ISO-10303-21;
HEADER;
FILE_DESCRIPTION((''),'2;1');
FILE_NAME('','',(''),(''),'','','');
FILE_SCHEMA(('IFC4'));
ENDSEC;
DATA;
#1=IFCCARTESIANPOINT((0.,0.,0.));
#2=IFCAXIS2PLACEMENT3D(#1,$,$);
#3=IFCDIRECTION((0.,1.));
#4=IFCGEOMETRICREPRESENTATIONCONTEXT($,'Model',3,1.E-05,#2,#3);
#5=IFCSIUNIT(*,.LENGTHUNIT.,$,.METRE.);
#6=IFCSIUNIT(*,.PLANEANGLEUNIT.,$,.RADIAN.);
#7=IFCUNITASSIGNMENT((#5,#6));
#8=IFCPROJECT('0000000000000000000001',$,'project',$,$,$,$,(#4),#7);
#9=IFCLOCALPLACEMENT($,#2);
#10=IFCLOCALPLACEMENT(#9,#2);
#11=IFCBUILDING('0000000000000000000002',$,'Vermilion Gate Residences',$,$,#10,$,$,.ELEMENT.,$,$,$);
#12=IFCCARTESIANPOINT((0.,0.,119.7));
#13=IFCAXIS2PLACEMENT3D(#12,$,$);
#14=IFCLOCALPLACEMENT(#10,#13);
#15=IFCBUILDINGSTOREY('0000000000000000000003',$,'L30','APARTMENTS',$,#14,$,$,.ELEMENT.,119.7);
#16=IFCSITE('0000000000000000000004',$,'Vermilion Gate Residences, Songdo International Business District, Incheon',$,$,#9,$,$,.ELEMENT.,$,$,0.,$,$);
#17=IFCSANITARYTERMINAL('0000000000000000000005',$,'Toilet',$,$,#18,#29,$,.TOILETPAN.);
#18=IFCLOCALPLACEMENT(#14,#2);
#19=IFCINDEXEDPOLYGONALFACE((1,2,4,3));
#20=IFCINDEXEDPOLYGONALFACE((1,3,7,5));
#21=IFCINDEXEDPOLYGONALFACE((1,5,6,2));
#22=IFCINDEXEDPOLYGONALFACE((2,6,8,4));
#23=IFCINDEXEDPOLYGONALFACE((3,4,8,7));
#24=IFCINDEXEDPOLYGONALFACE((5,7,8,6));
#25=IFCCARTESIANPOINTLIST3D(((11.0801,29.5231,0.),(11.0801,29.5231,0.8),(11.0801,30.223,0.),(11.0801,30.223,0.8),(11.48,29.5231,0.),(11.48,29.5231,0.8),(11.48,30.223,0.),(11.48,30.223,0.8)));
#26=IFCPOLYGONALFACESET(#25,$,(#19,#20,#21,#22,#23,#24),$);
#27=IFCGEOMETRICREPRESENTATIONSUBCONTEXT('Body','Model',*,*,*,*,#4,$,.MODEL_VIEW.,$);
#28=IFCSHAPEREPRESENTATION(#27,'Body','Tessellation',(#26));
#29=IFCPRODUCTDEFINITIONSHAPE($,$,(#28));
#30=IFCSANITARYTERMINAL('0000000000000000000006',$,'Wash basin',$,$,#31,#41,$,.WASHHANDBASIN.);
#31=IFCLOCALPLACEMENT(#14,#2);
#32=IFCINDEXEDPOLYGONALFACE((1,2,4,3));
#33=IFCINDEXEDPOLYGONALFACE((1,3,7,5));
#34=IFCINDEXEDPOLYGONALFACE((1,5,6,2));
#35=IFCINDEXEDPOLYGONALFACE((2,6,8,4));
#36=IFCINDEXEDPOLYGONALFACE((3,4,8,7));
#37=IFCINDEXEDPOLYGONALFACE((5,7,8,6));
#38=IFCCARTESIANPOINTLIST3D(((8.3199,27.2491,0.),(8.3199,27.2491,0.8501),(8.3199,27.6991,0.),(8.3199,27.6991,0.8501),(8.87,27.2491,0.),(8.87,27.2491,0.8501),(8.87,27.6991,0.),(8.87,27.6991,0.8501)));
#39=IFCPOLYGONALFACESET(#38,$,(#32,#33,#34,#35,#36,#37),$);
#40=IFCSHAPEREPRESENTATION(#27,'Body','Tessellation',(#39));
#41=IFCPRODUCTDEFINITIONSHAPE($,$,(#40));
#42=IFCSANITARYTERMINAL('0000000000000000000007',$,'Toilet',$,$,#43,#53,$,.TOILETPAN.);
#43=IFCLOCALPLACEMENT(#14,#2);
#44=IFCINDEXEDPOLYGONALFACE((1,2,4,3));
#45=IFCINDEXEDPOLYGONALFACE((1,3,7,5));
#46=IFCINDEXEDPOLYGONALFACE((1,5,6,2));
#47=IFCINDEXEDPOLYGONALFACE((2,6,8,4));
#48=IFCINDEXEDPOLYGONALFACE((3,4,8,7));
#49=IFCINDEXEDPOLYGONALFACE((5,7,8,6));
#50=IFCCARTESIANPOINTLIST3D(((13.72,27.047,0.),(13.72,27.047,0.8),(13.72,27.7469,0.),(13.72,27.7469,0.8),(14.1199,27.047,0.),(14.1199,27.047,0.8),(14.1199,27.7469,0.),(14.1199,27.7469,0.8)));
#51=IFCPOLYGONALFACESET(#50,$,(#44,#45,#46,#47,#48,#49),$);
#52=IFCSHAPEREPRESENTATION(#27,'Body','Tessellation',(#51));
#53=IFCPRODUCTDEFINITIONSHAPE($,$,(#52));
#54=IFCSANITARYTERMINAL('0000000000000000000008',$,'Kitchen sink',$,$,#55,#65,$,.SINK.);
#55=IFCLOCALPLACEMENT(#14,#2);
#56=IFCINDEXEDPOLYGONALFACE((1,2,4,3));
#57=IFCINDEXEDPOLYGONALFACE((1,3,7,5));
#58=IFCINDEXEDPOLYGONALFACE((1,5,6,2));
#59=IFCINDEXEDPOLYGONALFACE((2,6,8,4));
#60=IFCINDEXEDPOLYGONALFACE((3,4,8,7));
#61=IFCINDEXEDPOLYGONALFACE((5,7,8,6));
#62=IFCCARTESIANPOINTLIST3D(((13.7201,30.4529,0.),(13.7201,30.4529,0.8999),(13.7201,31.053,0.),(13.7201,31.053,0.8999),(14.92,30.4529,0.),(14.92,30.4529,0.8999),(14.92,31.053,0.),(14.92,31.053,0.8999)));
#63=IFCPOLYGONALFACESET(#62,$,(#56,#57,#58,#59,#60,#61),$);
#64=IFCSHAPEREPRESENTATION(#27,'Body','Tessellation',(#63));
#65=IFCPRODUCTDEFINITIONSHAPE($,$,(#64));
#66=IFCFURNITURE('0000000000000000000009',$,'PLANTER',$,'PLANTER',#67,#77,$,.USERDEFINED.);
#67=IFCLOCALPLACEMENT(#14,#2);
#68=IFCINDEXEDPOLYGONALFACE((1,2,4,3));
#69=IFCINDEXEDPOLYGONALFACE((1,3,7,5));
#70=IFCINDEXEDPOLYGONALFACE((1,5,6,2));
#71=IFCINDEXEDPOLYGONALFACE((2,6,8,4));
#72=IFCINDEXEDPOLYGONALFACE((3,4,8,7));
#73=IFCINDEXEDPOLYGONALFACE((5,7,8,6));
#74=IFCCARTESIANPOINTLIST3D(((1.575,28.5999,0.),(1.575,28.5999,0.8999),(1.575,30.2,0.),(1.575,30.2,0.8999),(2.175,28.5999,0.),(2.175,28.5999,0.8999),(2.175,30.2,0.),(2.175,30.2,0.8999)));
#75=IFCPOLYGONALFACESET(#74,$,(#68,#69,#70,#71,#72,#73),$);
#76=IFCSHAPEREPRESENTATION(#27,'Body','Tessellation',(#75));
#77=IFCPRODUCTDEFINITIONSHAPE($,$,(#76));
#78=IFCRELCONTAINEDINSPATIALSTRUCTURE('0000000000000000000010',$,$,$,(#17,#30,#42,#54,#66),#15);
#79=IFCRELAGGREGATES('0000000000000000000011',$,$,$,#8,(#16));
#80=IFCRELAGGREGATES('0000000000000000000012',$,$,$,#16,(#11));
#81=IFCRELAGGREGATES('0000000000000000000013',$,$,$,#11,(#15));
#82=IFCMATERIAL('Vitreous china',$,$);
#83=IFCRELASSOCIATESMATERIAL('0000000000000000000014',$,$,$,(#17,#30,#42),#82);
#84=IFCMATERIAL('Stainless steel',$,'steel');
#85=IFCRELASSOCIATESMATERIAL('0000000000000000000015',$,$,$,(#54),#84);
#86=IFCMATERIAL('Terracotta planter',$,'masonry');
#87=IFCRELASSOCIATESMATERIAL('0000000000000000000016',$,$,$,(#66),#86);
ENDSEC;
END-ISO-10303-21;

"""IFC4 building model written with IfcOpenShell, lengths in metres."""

from ifc_helpers import new_model, si_unit, direction, frame, origin, origin_2d, place, context, subcontext, project, spatial, rectangle, extrude, material, element, save


model = new_model("IFC4")

# Units and contexts
model_context = context("Model", 3, precision=1e-05, world=origin(), true_north=direction((0.0, 1.0)))
body_context = subcontext(model_context, "Body", "Model", "MODEL_VIEW")
ifc_project = project(units=[si_unit("LENGTHUNIT", "METRE"), si_unit("PLANEANGLEUNIT", "RADIAN")], contexts=[model_context])

# Site, building, storey
site_placement = place(None, origin())
site = spatial("IfcSite", under=ifc_project, at=site_placement, Name="Vermilion Gate Residences, Songdo International Business District, Incheon", CompositionType="ELEMENT", RefElevation=0.0)
building_placement = place(site_placement, origin())
building = spatial("IfcBuilding", under=site, at=building_placement, Name="Vermilion Gate Residences", CompositionType="ELEMENT")
storey_placement = place(building_placement, frame((0.0, 0.0, 119.7)))
storey = spatial("IfcBuildingStorey", under=building, at=storey_placement, Name="L30", Description="APARTMENTS", CompositionType="ELEMENT", Elevation=119.7)

# Sanitary terminals
ifc_material_1 = material(Name="Stainless steel", Category="steel")
ifc_material_2 = material(Name="Vitreous china")
sanitary_terminal_1_placement = place(storey_placement, frame((11.28, 29.873, 0.0), z_axis=(0.0, 0.0, 1.0), x_axis=(1.0, 0.0, 0.0)))
element("IfcSanitaryTerminal", 1, at=sanitary_terminal_1_placement, inside=storey, material=ifc_material_2, Name="Toilet", PredefinedType="TOILETPAN", context=body_context, shape_type="SweptSolid", body=[
    extrude(rectangle(XDim=0.3999, YDim=0.7, at=origin_2d()), origin(), (0.0, 0.0, 1.0), 0.8),
])
sanitary_terminal_2_placement = place(storey_placement, frame((8.595, 27.4741, 0.0), z_axis=(0.0, 0.0, 1.0), x_axis=(1.0, 0.0, 0.0)))
element("IfcSanitaryTerminal", 2, at=sanitary_terminal_2_placement, inside=storey, material=ifc_material_2, Name="Wash basin", PredefinedType="WASHHANDBASIN", context=body_context, shape_type="SweptSolid", body=[
    extrude(rectangle(XDim=0.55, YDim=0.45, at=origin_2d()), origin(), (0.0, 0.0, 1.0), 0.8501),
])
sanitary_terminal_3_placement = place(storey_placement, frame((13.9199, 27.397, 0.0), z_axis=(0.0, 0.0, 1.0), x_axis=(1.0, 0.0, 0.0)))
element("IfcSanitaryTerminal", 3, at=sanitary_terminal_3_placement, inside=storey, material=ifc_material_2, Name="Toilet", PredefinedType="TOILETPAN", context=body_context, shape_type="SweptSolid", body=[
    extrude(rectangle(XDim=0.3999, YDim=0.7, at=origin_2d()), origin(), (0.0, 0.0, 1.0), 0.8),
])
sanitary_terminal_4_placement = place(storey_placement, frame((14.3201, 30.7529, 0.0), z_axis=(0.0, 0.0, 1.0), x_axis=(1.0, 0.0, 0.0)))
element("IfcSanitaryTerminal", 4, at=sanitary_terminal_4_placement, inside=storey, material=ifc_material_1, Name="Kitchen sink", PredefinedType="SINK", context=body_context, shape_type="SweptSolid", body=[
    extrude(rectangle(XDim=1.2, YDim=0.6001, at=origin_2d()), origin(), (0.0, 0.0, 1.0), 0.8999),
])

# Furniture
ifc_material_3 = material(Name="Terracotta planter", Category="masonry")
furniture_placement = place(storey_placement, frame((1.875, 29.3999, 0.0), z_axis=(0.0, 0.0, 1.0), x_axis=(0.0, -1.0, 0.0)))
element("IfcFurniture", 5, at=furniture_placement, inside=storey, material=ifc_material_3, Name="PLANTER", ObjectType="PLANTER", PredefinedType="USERDEFINED", context=body_context, shape_type="SweptSolid", body=[
    extrude(rectangle(XDim=1.6001, YDim=0.6001, at=origin_2d()), origin(), (0.0, 0.0, 1.0), 0.8999),
])

save(model, "model.ifc")
